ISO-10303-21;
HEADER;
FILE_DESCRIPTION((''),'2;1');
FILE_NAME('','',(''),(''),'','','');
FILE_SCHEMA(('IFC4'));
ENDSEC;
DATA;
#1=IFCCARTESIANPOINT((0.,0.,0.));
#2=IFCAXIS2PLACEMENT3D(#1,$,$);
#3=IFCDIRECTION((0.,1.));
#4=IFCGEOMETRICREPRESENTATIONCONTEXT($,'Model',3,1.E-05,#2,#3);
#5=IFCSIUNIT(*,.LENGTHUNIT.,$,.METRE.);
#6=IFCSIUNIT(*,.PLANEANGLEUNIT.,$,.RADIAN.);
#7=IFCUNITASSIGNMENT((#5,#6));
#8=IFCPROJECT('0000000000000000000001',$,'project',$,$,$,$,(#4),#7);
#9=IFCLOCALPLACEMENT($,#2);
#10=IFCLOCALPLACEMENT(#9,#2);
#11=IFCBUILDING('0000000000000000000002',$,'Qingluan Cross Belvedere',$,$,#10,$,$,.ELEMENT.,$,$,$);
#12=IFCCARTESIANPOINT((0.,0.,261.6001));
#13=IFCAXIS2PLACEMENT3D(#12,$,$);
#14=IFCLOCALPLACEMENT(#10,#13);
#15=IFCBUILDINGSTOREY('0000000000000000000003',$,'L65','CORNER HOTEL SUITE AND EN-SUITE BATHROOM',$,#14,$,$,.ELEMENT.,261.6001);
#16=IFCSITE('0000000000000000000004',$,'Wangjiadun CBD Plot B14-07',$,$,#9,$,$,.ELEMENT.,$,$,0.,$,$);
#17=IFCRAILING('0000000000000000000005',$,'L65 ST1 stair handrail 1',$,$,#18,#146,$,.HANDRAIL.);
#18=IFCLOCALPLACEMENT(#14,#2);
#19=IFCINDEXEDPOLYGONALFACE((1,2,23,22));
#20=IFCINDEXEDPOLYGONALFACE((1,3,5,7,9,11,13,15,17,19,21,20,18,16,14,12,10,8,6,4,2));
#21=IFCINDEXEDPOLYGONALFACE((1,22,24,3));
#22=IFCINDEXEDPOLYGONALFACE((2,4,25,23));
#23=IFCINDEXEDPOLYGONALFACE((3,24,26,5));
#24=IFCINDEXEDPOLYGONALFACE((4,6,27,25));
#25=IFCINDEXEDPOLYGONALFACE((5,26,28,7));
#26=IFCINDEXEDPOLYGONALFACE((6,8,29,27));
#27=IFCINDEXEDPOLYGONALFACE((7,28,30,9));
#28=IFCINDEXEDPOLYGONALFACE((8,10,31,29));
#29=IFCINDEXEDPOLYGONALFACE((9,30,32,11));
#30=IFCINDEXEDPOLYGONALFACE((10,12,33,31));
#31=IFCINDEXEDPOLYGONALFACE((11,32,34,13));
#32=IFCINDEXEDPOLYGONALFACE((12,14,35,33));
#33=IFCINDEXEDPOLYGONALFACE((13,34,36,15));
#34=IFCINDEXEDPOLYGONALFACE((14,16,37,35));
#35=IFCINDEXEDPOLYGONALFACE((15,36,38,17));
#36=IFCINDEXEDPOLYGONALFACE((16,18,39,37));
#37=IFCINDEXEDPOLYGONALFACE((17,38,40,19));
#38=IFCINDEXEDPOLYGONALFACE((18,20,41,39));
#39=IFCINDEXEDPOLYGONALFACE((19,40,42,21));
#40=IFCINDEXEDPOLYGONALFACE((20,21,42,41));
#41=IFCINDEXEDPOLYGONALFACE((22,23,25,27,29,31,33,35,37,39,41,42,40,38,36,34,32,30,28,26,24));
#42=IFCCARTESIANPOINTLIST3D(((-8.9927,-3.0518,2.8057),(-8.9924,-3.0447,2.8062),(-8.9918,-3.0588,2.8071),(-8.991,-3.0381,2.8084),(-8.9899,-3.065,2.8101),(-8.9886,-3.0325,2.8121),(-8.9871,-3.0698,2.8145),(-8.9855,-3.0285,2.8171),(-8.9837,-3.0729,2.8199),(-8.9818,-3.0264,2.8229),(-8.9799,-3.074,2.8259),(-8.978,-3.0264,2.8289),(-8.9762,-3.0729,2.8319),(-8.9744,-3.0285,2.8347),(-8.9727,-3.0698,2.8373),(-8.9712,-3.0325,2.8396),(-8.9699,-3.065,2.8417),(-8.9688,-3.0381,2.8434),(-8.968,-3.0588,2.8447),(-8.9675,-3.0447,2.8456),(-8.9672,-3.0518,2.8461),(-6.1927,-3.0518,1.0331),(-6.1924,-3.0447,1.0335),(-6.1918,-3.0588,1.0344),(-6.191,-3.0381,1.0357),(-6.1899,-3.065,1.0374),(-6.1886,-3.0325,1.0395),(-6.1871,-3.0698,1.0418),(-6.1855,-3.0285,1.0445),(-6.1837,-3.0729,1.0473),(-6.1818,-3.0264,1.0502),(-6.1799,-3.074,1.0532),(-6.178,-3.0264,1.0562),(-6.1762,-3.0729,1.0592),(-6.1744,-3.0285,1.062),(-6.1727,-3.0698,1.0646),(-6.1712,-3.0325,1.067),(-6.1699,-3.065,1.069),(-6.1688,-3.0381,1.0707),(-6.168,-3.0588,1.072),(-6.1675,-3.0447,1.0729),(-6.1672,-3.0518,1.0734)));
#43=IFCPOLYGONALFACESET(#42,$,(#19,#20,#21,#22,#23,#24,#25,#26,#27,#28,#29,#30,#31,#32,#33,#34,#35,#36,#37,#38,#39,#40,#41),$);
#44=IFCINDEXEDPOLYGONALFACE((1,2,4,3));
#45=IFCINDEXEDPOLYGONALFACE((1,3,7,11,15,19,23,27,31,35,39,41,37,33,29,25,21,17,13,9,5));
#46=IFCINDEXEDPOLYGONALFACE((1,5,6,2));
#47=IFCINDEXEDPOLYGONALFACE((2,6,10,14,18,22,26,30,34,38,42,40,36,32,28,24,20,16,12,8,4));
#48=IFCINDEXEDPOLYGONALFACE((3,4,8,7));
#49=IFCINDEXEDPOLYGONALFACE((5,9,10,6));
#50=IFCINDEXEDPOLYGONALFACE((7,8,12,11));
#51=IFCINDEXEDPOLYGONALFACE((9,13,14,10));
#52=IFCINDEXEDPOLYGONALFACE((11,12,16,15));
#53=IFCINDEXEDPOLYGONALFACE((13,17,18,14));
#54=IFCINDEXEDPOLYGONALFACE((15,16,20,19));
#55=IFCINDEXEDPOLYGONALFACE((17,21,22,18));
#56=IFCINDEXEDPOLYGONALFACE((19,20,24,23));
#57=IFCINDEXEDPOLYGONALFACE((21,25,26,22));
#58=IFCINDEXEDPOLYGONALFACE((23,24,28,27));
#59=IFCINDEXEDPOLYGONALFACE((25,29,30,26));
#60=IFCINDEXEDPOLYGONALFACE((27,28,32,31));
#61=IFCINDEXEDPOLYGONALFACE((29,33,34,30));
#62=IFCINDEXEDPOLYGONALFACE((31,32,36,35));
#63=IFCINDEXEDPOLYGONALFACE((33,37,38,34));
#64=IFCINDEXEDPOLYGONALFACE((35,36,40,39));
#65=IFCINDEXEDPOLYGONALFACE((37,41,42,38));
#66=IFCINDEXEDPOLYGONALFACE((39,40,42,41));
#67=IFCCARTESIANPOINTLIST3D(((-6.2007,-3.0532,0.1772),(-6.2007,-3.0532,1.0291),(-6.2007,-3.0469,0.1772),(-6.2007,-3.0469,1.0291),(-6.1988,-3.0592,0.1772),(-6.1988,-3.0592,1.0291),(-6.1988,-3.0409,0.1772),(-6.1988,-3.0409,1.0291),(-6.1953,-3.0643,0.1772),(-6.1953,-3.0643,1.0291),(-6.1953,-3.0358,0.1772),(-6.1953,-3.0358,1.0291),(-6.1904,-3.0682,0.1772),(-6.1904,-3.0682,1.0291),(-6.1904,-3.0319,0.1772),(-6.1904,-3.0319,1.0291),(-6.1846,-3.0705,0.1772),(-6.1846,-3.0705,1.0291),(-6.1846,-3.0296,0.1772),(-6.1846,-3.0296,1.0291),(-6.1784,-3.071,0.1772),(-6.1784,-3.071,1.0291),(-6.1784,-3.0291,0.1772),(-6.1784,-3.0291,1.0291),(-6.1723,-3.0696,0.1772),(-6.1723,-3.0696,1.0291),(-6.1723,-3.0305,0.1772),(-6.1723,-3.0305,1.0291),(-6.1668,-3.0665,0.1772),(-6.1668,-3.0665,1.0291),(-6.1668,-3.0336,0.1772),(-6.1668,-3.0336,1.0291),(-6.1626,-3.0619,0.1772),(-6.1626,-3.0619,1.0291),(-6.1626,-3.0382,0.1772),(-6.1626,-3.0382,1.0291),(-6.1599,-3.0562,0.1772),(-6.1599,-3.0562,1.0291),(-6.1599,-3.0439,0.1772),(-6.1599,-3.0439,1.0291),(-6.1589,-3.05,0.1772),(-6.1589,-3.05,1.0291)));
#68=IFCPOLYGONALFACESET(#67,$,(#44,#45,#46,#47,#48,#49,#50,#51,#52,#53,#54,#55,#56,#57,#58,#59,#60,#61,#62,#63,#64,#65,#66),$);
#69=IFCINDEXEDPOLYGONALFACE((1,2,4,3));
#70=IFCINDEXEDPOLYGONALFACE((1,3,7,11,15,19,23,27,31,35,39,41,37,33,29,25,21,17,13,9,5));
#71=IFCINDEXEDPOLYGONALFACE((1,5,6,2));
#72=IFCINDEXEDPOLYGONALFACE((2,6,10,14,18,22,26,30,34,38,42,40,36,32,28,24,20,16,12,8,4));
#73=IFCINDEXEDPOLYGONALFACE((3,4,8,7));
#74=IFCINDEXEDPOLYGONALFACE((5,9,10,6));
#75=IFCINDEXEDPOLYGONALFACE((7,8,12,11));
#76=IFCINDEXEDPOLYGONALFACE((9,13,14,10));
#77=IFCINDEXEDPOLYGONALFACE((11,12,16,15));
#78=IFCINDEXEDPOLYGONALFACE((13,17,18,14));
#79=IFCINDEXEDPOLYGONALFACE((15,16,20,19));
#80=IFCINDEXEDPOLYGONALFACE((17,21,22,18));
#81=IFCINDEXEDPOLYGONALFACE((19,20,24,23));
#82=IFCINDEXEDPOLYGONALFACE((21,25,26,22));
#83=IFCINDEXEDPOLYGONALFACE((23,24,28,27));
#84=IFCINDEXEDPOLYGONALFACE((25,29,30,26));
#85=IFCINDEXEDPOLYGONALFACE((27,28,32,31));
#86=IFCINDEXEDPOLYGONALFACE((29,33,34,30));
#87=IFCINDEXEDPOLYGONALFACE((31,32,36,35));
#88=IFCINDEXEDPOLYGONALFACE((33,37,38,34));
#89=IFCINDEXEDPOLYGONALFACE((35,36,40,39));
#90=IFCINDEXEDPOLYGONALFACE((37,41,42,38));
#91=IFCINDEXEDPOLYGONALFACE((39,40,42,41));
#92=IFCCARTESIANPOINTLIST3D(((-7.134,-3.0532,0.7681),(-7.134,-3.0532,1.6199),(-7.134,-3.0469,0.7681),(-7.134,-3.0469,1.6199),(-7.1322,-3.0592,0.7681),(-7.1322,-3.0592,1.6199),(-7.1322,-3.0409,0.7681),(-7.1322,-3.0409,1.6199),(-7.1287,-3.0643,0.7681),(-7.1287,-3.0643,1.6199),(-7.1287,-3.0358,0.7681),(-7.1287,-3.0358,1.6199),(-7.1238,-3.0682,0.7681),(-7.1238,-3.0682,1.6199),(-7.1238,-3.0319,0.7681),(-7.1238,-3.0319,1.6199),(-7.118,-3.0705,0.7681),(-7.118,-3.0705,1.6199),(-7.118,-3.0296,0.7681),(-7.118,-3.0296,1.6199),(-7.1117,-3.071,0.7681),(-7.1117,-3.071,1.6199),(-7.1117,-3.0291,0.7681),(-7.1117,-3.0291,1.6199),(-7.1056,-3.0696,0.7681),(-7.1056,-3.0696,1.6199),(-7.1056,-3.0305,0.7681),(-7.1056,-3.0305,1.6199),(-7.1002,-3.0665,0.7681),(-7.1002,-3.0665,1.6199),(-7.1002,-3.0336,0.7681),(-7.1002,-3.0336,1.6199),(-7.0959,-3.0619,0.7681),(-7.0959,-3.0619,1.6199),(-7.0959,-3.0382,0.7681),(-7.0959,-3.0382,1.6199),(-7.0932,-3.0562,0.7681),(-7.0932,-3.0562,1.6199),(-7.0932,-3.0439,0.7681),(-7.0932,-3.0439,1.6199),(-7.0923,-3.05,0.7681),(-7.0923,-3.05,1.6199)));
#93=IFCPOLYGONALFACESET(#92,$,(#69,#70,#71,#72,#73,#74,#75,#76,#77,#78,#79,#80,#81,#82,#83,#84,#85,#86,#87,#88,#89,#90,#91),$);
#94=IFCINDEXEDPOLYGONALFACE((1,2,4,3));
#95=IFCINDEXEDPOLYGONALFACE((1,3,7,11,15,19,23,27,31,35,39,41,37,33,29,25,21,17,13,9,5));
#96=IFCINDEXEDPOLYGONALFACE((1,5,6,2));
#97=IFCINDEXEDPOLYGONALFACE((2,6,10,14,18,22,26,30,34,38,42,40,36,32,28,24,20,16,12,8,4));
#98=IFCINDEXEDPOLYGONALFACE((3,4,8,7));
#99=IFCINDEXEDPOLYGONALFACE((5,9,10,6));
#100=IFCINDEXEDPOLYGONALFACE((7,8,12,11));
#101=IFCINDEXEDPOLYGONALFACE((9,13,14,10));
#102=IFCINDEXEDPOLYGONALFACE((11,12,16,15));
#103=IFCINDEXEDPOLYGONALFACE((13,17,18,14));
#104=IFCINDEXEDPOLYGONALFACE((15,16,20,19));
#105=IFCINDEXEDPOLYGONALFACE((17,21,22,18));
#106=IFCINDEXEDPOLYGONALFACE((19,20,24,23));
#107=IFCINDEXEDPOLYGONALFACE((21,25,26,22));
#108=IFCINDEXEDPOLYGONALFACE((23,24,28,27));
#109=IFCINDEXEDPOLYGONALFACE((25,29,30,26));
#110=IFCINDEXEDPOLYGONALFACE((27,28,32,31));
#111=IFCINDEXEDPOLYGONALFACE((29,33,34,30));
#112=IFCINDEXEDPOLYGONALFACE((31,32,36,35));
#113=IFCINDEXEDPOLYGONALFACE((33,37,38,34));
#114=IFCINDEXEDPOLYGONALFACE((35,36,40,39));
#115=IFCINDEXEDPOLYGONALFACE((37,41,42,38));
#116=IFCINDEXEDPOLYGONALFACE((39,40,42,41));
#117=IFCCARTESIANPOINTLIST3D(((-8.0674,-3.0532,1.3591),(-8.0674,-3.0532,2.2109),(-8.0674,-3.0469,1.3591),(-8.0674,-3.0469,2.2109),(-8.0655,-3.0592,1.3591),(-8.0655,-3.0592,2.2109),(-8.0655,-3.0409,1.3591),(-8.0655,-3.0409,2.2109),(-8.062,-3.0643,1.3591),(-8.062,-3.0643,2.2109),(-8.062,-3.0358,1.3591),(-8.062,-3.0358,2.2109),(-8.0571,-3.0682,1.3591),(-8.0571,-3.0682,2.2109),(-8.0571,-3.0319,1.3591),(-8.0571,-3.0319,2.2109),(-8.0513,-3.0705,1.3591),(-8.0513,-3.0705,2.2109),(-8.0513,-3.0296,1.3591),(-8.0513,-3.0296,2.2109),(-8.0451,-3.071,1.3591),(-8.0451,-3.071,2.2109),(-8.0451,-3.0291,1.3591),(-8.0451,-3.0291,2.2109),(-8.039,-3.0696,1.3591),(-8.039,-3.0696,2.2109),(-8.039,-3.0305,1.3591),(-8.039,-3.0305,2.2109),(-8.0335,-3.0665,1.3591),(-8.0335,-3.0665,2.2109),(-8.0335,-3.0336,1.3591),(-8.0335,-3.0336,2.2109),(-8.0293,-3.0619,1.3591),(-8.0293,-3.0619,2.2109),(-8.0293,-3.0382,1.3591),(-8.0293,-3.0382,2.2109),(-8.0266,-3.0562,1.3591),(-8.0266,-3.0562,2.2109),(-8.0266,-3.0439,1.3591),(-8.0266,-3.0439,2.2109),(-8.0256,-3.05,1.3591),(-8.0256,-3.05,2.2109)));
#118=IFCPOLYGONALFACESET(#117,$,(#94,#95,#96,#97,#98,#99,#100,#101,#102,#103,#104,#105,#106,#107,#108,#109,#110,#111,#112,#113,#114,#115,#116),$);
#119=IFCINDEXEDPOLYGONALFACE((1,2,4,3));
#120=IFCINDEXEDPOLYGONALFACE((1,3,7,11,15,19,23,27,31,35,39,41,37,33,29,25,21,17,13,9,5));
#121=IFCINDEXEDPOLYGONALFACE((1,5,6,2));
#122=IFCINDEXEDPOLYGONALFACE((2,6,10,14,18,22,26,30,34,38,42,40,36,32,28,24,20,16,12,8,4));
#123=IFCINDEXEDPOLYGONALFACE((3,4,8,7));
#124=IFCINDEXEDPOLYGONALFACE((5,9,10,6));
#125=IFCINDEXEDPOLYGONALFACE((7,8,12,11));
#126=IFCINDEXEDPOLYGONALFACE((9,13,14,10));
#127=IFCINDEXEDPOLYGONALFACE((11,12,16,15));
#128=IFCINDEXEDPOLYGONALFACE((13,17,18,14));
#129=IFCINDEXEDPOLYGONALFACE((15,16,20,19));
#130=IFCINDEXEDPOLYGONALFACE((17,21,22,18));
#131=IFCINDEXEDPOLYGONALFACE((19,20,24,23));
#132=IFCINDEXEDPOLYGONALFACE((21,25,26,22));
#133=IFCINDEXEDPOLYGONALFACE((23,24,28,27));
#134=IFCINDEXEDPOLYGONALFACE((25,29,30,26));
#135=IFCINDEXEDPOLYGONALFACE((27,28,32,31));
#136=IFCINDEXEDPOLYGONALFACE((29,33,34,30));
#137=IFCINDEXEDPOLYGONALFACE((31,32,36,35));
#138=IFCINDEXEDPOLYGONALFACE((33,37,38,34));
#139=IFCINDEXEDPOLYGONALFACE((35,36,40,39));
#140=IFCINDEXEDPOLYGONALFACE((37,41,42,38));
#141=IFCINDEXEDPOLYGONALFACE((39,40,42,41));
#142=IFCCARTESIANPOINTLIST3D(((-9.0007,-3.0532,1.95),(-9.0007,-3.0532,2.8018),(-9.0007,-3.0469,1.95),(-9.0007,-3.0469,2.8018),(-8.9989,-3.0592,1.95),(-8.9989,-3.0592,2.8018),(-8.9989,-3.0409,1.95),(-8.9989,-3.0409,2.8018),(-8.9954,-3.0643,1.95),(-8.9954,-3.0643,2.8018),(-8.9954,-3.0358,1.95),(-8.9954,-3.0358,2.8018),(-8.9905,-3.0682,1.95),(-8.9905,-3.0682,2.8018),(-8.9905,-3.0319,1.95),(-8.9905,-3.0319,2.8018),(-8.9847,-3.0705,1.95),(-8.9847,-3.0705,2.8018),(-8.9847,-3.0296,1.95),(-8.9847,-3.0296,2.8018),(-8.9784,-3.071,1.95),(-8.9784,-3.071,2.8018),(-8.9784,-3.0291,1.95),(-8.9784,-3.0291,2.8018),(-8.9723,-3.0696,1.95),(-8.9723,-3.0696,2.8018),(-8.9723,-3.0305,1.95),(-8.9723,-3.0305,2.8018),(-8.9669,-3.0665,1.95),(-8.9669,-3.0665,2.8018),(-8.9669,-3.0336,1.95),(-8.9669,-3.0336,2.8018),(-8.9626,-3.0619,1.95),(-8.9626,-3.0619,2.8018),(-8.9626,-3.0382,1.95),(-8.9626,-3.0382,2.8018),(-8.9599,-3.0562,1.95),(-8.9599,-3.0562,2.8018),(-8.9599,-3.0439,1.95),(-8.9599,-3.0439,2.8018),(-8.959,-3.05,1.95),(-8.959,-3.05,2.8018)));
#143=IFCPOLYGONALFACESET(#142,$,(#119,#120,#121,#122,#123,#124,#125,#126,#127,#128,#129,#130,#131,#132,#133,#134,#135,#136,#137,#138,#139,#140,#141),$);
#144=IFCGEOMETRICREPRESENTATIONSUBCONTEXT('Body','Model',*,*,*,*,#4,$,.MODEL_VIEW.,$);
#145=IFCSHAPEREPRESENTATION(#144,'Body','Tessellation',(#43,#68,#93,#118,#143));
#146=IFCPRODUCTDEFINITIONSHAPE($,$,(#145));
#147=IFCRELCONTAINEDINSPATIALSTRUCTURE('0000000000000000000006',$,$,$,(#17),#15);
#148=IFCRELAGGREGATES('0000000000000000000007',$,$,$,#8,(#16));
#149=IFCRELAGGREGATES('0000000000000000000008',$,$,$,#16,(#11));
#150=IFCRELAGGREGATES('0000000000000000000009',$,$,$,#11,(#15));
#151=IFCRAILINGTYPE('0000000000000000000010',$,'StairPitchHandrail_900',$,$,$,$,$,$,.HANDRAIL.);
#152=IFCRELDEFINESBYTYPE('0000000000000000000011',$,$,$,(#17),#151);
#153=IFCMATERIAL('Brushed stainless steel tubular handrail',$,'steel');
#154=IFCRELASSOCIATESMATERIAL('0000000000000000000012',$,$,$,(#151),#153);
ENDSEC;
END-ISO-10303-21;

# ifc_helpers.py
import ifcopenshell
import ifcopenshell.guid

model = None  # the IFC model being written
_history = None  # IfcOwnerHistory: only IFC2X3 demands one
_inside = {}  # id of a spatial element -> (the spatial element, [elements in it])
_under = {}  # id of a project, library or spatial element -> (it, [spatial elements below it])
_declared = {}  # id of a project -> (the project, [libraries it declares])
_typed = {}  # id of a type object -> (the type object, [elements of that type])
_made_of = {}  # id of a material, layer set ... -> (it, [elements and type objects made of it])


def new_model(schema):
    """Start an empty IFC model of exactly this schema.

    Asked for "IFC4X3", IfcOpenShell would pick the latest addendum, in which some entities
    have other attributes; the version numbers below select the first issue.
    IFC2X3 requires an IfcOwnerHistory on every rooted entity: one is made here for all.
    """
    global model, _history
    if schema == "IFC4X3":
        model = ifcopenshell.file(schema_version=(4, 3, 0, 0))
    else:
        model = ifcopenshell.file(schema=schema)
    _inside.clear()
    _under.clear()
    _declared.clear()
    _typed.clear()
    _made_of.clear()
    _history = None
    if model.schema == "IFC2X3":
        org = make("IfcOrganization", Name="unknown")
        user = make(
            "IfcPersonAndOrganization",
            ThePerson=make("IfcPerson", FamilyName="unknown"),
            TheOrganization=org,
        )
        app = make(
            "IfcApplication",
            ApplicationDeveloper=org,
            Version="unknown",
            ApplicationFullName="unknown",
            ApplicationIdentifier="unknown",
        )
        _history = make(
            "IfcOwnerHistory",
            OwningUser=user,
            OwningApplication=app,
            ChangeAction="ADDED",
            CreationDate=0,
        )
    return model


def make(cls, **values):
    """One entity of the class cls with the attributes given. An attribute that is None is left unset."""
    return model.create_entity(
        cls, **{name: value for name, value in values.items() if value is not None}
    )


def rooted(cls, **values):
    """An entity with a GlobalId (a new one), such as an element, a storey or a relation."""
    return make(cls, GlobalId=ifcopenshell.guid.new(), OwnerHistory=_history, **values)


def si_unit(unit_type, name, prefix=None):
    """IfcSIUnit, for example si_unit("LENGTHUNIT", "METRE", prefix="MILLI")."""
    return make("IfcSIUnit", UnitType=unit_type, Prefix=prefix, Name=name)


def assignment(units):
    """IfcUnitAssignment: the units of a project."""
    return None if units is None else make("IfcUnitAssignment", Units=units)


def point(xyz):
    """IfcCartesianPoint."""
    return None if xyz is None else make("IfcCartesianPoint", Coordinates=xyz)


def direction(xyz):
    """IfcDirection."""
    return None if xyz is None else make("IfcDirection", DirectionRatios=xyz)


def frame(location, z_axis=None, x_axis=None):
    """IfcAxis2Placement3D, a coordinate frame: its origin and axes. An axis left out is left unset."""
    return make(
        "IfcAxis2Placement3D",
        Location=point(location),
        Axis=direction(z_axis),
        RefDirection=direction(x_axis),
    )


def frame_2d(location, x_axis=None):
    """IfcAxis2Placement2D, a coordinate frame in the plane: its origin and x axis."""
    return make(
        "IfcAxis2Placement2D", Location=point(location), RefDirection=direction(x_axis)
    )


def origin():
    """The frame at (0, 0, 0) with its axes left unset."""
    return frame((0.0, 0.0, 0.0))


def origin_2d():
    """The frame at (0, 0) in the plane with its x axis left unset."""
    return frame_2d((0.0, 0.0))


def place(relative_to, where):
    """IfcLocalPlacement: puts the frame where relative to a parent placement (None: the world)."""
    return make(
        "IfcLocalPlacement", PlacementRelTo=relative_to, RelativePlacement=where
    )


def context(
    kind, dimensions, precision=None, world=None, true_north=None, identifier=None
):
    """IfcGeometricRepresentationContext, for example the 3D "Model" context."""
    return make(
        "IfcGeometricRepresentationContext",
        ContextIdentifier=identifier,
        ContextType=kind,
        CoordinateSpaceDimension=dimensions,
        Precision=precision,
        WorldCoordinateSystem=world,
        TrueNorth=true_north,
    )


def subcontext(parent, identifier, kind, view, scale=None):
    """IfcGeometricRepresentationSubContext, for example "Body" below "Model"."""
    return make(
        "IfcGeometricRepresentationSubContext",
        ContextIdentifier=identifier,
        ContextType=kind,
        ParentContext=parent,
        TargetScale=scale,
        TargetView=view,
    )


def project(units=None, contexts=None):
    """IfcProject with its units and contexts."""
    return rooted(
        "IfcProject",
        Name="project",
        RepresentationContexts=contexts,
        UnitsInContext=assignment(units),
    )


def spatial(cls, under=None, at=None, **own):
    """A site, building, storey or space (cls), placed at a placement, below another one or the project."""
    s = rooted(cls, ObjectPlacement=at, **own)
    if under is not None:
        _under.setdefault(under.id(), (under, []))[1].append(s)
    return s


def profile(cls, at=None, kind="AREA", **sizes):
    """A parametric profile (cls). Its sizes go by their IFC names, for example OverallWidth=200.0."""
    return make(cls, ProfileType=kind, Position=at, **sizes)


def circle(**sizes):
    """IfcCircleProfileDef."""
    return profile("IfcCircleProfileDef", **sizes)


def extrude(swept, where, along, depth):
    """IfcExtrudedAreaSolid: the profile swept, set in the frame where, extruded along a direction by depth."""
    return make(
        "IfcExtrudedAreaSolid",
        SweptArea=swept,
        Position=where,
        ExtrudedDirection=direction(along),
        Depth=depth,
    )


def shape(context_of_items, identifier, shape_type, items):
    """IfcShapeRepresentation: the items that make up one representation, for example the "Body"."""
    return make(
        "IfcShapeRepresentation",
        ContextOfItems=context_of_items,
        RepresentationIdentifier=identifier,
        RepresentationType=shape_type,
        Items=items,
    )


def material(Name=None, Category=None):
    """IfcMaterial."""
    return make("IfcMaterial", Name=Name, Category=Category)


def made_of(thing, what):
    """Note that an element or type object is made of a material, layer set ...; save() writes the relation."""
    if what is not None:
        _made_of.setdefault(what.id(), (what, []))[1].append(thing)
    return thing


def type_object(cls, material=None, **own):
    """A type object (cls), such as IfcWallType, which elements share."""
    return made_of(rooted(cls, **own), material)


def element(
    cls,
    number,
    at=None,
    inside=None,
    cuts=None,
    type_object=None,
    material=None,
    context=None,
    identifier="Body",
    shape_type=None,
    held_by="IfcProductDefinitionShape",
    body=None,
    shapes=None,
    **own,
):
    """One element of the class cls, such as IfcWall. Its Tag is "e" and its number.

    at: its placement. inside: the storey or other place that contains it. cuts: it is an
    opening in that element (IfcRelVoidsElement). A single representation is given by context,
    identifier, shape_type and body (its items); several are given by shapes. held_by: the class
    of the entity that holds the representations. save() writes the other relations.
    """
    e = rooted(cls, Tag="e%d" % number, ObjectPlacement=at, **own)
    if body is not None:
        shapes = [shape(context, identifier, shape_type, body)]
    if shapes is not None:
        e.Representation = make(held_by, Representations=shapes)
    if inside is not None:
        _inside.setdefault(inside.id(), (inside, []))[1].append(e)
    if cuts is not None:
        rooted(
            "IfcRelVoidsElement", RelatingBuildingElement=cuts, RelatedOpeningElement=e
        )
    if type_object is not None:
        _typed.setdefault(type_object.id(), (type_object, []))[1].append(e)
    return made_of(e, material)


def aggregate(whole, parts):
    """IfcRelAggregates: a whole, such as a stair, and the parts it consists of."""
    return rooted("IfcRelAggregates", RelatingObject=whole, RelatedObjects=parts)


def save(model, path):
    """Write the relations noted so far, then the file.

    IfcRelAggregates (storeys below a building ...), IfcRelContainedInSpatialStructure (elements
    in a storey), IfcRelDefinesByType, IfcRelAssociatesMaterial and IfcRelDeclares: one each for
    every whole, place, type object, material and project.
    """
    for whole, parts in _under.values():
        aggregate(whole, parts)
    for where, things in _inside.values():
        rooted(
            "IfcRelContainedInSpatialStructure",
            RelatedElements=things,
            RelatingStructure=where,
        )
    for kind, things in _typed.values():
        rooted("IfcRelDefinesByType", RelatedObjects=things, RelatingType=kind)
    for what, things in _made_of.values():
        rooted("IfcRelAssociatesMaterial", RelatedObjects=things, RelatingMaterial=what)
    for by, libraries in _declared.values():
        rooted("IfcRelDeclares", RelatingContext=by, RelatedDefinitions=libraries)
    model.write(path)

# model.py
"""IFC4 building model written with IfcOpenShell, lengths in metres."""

from ifc_helpers import new_model, si_unit, direction, frame, origin, origin_2d, place, context, subcontext, project, spatial, circle, extrude, material, type_object, element, save


model = new_model("IFC4")

# Units and contexts
model_context = context("Model", 3, precision=1e-05, world=origin(), true_north=direction((0.0, 1.0)))
body_context = subcontext(model_context, "Body", "Model", "MODEL_VIEW")
ifc_project = project(units=[si_unit("LENGTHUNIT", "METRE"), si_unit("PLANEANGLEUNIT", "RADIAN")], contexts=[model_context])

# Site, building, storey
site_placement = place(None, origin())
site = spatial("IfcSite", under=ifc_project, at=site_placement, Name="Wangjiadun CBD Plot B14-07", CompositionType="ELEMENT", RefElevation=0.0)
building_placement = place(site_placement, origin())
building = spatial("IfcBuilding", under=site, at=building_placement, Name="Qingluan Cross Belvedere", CompositionType="ELEMENT")
storey_placement = place(building_placement, frame((0.0, 0.0, 261.6001)))
storey = spatial("IfcBuildingStorey", under=building, at=storey_placement, Name="L65", Description="CORNER HOTEL SUITE AND EN-SUITE BATHROOM", CompositionType="ELEMENT", Elevation=261.6001)

# Railing
ifc_material_1 = material(Name="Brushed stainless steel tubular handrail", Category="steel")
railing_type_1 = type_object("IfcRailingType", Name="StairPitchHandrail_900", PredefinedType="HANDRAIL", material=ifc_material_1)
railing_1_placement = place(storey_placement, frame((-6.1799, -3.05, 0.1772)))
element("IfcRailing", 1, at=railing_1_placement, inside=storey, type_object=railing_type_1, Name="L65 ST1 stair handrail 1", PredefinedType="HANDRAIL", context=body_context, shape_type="SweptSolid", body=[
    extrude(circle(Radius=0.0239, at=origin_2d()), frame((0.0, 0.0, 0.876), z_axis=(-0.844909, 0.0, 0.53491), x_axis=(0.0, -1.0, 0.0)), (0.0, 0.0, 1.0), 3.314),
    extrude(circle(Radius=0.021, at=origin_2d()), origin(), (0.0, 0.0, 1.0), 0.8518),
    extrude(circle(Radius=0.021, at=origin_2d()), frame((-0.9333, 0.0, 0.5908)), (0.0, 0.0, 1.0), 0.8518),
    extrude(circle(Radius=0.021, at=origin_2d()), frame((-1.8667, 0.0, 1.1819)), (0.0, 0.0, 1.0), 0.8518),
    extrude(circle(Radius=0.021, at=origin_2d()), frame((-2.8, 0.0, 1.7727)), (0.0, 0.0, 1.0), 0.8518),
])

save(model, "model.ifc")
